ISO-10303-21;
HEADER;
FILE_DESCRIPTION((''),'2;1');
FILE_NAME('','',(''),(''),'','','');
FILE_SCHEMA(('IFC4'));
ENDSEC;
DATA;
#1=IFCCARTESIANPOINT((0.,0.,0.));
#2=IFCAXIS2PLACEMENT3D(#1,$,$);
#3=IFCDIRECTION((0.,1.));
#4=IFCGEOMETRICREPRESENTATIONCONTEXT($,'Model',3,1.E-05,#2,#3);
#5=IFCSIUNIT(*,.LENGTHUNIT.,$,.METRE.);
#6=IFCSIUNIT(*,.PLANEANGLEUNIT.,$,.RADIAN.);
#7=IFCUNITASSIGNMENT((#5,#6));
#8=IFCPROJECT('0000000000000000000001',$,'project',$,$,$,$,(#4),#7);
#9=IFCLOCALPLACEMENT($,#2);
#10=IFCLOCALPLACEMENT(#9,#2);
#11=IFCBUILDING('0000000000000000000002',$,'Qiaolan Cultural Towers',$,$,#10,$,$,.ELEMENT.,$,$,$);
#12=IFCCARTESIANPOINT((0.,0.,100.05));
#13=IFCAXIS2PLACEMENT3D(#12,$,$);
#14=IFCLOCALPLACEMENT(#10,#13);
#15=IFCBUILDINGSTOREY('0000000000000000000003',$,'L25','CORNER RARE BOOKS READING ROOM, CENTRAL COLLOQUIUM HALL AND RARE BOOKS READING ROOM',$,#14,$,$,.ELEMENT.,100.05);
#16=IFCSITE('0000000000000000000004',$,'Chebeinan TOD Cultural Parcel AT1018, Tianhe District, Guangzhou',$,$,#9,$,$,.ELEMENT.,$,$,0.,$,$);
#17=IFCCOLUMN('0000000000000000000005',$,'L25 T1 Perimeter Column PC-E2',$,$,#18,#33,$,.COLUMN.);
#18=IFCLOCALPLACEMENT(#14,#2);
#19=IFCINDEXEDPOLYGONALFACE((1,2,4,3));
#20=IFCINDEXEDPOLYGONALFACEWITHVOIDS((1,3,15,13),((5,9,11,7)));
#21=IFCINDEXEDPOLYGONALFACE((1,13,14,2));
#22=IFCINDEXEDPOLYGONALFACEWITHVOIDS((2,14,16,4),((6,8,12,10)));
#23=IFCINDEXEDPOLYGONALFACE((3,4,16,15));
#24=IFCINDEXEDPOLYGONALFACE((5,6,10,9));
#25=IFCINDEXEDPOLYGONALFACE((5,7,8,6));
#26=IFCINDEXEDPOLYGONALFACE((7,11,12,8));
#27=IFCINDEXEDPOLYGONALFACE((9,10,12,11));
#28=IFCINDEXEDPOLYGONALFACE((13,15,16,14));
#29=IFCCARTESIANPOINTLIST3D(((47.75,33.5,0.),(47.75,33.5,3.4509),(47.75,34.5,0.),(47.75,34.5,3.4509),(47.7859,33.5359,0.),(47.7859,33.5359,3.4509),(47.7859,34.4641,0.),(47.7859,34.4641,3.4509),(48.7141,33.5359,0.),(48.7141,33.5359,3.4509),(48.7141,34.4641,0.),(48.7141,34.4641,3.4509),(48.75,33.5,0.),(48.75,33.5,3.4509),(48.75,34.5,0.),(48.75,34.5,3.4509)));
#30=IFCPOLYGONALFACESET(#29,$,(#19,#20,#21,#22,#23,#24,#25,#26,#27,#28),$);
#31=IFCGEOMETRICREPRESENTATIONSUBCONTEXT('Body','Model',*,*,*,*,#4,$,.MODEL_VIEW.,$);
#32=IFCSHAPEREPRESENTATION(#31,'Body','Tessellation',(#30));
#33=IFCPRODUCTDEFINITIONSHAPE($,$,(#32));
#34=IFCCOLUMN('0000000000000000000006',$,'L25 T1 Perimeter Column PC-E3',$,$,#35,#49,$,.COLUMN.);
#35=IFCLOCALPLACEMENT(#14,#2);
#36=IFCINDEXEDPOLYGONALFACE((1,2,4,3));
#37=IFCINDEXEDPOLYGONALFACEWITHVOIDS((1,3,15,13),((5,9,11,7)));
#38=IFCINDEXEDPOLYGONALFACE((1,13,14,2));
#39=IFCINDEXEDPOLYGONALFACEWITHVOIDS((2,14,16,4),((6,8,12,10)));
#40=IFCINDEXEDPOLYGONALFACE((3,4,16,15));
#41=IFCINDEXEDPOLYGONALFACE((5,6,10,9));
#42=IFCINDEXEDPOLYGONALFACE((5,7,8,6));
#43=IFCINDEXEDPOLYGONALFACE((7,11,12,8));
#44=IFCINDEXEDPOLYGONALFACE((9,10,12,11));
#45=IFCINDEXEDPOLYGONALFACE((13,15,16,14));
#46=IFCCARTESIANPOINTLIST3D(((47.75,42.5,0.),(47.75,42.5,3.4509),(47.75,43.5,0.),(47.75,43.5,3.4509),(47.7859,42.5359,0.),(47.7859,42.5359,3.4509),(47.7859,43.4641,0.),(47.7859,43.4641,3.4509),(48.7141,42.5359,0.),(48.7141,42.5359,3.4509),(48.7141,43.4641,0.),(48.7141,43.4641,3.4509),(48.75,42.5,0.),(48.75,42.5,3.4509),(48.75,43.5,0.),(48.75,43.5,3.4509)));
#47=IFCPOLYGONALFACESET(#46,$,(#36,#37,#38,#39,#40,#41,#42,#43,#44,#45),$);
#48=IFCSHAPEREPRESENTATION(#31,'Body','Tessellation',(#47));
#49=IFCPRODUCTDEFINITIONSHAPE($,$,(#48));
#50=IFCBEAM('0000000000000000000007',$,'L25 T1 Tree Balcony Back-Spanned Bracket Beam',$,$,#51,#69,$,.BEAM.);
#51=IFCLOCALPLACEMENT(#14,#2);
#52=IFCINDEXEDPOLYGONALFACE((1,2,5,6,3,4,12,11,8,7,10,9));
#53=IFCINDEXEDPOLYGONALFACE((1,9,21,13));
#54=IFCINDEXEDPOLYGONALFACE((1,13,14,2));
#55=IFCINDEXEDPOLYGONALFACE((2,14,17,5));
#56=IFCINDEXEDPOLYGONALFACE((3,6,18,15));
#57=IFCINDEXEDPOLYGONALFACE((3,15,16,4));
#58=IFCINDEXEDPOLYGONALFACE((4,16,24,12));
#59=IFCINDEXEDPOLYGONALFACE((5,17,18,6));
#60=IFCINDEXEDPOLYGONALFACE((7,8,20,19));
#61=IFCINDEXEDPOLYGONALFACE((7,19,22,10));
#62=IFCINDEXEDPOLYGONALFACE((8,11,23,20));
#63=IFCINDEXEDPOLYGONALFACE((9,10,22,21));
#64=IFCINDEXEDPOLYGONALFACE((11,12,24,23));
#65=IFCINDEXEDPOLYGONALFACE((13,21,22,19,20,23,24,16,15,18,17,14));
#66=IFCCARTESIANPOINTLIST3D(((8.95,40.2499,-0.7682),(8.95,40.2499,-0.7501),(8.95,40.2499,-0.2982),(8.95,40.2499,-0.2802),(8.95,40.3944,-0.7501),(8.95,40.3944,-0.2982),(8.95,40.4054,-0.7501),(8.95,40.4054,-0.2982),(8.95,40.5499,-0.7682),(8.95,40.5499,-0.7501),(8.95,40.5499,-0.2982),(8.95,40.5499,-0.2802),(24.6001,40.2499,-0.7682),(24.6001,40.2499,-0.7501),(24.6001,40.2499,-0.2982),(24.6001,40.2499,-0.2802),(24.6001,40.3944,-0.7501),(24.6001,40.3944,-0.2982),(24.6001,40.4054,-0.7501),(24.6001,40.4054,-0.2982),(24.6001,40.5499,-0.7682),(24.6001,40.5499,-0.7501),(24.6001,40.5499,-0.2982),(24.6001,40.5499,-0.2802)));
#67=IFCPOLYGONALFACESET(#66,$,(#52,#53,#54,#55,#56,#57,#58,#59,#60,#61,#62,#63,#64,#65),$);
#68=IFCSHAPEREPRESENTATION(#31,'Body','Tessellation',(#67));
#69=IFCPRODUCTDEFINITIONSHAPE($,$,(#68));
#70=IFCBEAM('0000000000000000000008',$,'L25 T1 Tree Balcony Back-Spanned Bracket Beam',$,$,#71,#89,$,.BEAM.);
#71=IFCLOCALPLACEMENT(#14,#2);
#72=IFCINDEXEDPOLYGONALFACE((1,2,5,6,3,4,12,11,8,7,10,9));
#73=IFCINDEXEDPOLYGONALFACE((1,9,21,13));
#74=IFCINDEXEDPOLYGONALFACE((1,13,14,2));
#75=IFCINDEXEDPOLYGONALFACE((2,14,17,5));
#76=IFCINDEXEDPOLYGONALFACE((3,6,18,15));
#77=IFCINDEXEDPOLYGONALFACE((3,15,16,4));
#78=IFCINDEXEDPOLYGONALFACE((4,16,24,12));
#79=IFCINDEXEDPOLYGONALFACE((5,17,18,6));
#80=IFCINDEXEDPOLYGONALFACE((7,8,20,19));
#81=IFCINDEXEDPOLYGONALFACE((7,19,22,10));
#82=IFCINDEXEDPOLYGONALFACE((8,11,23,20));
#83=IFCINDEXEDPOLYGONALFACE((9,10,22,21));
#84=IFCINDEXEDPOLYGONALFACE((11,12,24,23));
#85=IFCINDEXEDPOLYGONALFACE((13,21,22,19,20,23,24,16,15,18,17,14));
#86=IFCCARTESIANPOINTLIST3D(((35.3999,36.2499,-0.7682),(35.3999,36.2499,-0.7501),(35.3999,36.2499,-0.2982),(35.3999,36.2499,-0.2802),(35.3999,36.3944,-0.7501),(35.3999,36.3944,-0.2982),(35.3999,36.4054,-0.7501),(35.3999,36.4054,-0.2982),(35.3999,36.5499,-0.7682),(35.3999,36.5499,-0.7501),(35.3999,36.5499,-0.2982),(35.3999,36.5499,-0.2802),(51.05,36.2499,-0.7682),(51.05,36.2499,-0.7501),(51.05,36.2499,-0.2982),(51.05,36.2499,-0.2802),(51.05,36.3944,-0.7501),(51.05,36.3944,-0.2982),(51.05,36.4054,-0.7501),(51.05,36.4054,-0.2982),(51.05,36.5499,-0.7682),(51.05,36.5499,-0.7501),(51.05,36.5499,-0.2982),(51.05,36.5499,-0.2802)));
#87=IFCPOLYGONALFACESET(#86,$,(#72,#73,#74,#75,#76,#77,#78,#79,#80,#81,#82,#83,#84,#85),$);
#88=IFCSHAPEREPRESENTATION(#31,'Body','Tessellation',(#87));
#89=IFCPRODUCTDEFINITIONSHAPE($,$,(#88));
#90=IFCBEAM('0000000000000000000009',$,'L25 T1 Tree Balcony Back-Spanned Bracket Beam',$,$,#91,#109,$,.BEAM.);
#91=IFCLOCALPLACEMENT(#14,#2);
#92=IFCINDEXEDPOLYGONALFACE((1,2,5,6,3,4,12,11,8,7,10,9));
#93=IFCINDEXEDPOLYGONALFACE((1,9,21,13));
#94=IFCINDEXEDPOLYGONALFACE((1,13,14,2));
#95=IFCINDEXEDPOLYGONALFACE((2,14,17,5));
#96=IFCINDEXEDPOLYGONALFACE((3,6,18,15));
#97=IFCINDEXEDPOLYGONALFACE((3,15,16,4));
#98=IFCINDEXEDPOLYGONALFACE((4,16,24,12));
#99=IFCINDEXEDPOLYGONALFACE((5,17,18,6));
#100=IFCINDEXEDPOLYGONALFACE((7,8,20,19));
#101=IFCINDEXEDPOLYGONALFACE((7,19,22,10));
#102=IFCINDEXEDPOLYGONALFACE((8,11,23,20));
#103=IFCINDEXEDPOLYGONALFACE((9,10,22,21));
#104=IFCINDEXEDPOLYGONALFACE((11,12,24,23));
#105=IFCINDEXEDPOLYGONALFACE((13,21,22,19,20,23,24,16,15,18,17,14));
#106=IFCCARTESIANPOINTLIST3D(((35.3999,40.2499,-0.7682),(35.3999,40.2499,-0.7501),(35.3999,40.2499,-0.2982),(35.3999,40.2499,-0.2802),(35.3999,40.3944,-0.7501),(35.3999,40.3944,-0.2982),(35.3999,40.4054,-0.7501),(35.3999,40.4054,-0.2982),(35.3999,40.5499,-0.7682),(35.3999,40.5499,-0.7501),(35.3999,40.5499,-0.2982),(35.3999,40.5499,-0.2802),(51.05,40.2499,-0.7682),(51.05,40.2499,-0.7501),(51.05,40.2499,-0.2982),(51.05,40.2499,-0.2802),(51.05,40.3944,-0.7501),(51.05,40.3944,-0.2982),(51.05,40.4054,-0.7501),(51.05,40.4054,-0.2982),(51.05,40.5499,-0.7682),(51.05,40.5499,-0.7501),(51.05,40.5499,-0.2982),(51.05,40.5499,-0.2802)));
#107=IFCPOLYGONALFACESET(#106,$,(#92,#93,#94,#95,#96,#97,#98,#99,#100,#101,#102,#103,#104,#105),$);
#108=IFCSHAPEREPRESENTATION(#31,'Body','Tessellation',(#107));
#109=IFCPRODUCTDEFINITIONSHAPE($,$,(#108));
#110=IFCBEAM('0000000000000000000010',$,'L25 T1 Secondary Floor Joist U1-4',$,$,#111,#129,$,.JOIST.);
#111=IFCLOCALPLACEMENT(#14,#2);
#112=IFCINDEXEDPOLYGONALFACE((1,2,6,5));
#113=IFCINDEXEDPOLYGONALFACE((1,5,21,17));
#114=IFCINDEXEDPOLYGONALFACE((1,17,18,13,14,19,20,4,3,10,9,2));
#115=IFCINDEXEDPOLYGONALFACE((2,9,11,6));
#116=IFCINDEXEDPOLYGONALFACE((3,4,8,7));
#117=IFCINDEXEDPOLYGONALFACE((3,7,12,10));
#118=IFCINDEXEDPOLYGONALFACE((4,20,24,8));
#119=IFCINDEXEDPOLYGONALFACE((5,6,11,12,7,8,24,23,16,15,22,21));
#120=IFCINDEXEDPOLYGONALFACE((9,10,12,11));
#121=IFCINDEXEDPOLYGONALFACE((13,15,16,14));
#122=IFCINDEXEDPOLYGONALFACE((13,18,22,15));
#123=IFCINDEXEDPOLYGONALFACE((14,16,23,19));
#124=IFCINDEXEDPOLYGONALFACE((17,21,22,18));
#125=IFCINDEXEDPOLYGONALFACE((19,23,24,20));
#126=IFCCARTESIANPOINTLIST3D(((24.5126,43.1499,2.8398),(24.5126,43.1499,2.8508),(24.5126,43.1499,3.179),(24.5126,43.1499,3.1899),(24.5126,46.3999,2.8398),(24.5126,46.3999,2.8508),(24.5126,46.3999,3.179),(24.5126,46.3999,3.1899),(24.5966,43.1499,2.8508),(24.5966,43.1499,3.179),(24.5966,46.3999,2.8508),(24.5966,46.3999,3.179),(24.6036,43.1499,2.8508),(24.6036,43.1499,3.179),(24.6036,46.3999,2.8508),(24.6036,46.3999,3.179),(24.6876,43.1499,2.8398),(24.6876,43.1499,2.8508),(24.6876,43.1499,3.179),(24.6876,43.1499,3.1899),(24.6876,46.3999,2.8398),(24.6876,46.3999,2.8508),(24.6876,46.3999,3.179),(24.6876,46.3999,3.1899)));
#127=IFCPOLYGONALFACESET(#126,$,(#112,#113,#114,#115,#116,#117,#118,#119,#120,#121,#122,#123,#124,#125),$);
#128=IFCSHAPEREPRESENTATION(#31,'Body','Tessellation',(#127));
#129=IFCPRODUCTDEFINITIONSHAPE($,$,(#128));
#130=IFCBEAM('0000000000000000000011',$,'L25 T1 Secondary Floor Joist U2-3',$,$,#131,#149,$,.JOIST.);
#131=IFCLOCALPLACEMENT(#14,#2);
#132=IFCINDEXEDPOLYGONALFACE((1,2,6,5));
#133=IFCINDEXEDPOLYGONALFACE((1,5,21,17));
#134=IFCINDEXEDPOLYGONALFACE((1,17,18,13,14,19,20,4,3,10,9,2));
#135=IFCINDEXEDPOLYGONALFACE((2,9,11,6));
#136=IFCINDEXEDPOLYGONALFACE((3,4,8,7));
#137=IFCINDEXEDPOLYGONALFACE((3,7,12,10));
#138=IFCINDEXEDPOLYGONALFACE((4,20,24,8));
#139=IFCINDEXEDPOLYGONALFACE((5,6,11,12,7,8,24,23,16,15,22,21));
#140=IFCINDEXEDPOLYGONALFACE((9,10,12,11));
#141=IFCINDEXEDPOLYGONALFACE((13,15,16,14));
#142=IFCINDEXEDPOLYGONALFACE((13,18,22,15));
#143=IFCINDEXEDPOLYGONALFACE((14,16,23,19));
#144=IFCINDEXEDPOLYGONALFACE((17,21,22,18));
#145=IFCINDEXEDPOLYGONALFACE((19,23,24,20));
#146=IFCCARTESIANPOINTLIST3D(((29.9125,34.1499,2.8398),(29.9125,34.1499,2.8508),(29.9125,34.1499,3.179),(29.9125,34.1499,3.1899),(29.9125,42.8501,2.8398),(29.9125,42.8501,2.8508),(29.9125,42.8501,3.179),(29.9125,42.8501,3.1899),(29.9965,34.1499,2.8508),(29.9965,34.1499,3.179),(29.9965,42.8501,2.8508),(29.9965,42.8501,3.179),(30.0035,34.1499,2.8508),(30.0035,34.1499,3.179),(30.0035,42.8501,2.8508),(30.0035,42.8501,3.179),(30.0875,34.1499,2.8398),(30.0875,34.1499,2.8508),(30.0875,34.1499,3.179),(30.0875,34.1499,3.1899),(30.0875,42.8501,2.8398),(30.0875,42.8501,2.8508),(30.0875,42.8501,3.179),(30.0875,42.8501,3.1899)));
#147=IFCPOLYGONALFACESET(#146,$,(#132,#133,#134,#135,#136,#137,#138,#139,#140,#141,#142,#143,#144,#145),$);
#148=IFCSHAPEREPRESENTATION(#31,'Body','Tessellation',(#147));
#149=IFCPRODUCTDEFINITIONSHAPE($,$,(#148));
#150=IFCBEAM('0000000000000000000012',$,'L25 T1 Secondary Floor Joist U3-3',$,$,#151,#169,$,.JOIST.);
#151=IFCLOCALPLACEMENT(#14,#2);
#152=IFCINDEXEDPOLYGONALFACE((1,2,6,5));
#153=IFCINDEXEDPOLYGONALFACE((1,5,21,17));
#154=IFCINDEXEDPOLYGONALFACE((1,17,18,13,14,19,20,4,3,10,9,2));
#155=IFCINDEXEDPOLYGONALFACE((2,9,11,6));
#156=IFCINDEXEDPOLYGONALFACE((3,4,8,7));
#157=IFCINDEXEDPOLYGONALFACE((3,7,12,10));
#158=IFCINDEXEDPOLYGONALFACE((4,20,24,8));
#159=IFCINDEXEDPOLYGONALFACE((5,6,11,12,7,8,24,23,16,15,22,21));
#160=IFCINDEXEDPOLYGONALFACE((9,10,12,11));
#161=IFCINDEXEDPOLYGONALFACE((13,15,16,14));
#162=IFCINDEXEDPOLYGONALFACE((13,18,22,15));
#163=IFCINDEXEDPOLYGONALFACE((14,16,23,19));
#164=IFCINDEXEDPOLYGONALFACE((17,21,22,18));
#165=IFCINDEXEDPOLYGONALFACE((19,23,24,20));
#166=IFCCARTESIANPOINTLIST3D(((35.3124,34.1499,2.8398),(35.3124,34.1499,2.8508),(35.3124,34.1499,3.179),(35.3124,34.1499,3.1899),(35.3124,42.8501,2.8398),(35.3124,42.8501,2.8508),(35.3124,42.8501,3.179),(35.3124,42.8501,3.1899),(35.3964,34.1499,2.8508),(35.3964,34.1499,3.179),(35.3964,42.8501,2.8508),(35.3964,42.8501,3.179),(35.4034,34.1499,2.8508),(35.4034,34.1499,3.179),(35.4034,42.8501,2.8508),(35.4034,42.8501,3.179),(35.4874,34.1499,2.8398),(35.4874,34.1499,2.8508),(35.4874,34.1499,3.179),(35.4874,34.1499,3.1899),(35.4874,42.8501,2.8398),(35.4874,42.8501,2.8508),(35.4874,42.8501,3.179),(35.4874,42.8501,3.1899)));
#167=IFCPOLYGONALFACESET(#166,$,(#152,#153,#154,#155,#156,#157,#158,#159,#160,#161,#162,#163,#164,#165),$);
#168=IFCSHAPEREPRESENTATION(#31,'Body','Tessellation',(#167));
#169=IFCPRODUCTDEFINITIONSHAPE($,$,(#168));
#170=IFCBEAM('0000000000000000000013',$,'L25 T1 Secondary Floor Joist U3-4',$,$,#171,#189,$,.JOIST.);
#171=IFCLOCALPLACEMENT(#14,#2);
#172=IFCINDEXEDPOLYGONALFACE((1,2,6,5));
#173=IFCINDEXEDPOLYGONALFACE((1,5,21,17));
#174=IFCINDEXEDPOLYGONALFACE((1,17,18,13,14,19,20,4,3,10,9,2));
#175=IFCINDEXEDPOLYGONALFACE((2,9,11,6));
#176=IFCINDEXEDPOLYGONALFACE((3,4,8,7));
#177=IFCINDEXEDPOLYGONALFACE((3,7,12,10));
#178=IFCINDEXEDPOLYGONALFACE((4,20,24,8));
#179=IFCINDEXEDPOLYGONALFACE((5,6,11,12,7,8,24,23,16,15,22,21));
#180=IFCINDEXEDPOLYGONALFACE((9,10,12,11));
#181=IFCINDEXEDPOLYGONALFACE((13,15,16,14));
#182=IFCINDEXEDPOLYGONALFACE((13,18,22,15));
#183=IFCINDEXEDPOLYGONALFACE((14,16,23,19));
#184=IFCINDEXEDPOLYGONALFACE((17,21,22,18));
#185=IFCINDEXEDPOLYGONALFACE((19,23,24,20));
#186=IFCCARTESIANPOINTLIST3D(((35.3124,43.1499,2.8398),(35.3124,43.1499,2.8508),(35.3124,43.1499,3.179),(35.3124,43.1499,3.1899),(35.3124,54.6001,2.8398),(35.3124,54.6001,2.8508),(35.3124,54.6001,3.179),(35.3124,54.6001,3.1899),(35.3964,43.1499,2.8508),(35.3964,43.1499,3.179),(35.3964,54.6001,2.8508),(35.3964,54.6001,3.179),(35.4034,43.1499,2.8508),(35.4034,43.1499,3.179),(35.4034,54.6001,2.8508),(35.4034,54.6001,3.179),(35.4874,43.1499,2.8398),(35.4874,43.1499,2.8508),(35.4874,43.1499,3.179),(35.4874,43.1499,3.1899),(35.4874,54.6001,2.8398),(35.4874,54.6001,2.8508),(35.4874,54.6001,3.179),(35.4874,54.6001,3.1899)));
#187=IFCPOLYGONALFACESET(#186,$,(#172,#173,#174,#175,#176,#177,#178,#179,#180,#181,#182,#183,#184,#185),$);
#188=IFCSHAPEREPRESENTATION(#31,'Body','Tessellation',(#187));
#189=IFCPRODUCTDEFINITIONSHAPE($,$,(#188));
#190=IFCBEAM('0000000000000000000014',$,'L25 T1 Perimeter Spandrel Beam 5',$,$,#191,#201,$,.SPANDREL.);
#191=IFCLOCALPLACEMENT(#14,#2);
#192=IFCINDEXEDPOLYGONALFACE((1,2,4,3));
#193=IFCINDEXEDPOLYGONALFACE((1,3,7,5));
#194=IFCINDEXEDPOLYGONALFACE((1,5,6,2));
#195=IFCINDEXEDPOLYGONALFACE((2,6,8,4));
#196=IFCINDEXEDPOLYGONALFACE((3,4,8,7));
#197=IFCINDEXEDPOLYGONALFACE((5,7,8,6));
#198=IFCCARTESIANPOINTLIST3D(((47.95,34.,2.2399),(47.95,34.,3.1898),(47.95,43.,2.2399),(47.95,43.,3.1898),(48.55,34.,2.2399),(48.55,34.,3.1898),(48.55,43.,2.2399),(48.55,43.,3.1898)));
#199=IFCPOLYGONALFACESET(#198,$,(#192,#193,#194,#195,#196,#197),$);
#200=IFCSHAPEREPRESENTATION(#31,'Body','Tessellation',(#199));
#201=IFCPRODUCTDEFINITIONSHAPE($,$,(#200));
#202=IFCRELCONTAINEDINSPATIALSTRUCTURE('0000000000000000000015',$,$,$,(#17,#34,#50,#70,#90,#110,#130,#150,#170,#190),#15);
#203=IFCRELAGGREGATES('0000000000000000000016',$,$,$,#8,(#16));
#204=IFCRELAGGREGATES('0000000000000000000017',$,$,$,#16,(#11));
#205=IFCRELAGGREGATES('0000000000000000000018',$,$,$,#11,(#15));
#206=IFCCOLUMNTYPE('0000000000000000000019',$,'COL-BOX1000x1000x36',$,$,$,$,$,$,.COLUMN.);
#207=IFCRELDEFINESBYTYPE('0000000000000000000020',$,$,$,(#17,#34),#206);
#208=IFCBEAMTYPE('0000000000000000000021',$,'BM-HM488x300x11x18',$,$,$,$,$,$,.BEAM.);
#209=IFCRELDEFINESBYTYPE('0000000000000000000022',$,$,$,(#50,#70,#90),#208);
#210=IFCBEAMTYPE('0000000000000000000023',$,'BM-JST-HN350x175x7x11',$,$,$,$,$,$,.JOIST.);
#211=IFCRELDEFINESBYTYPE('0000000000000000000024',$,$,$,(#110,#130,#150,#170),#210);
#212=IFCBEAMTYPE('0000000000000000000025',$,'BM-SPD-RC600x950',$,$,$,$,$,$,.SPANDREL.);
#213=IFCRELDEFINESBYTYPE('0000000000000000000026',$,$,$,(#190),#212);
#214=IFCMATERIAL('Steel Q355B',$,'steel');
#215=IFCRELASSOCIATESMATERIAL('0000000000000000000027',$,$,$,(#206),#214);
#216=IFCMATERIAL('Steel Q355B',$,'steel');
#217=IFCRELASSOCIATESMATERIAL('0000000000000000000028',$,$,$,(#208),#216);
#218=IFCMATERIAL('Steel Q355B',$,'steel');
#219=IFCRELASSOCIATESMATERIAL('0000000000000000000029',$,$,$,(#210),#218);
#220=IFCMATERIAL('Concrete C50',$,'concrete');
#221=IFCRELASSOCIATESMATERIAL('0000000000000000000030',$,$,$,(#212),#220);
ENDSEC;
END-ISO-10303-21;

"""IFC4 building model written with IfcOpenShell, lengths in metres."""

from ifc_helpers import new_model, si_unit, direction, frame, origin, origin_2d, place, context, subcontext, project, spatial, rectangle, hollow_rectangle, i_section, extrude, material, material_profile, profile_set, type_object, element, save


model = new_model("IFC4")

# Units and contexts
model_context = context("Model", 3, precision=1e-05, world=origin(), true_north=direction((0.0, 1.0)))
body_context = subcontext(model_context, "Body", "Model", "MODEL_VIEW")
ifc_project = project(units=[si_unit("LENGTHUNIT", "METRE"), si_unit("PLANEANGLEUNIT", "RADIAN")], contexts=[model_context])

# Site, building, storey
site_placement = place(None, origin())
site = spatial("IfcSite", under=ifc_project, at=site_placement, Name="Chebeinan TOD Cultural Parcel AT1018, Tianhe District, Guangzhou", CompositionType="ELEMENT", RefElevation=0.0)
building_placement = place(site_placement, origin())
building = spatial("IfcBuilding", under=site, at=building_placement, Name="Qiaolan Cultural Towers", CompositionType="ELEMENT")
storey_placement = place(building_placement, frame((0.0, 0.0, 100.05)))
storey = spatial("IfcBuildingStorey", under=building, at=storey_placement, Name="L25", Description="CORNER RARE BOOKS READING ROOM, CENTRAL COLLOQUIUM HALL AND RARE BOOKS READING ROOM", CompositionType="ELEMENT", Elevation=100.05)

# Columns
ifc_material_1 = material(Name="Steel Q355B", Category="steel")
ifc_material_profile_1 = material_profile(ifc_material_1, hollow_rectangle(XDim=1.0, YDim=1.0, WallThickness=0.0359, at=origin_2d()), Name="BOX1000x1000x36")
ifc_profile_set_1 = profile_set([ifc_material_profile_1], Name="Steel Q355B")
column_type = type_object("IfcColumnType", Name="COL-BOX1000x1000x36", PredefinedType="COLUMN", material=ifc_profile_set_1)
for number, where, z_axis, x_axis, name in (
    (1, (48.25, 34.0, 0.0), (0.0, 0.0, 1.0), (1.0, 0.0, 0.0), "L25 T1 Perimeter Column PC-E2"),
    (2, (48.25, 43.0, 0.0), (0.0, 0.0, 1.0), (1.0, 0.0, 0.0), "L25 T1 Perimeter Column PC-E3"),
):
    element("IfcColumn", number, at=place(storey_placement, frame(where, z_axis=z_axis, x_axis=x_axis)), inside=storey, type_object=column_type, Name=name, PredefinedType="COLUMN", context=body_context, shape_type="SweptSolid", body=[
        extrude(hollow_rectangle(XDim=1.0, YDim=1.0, WallThickness=0.0359, at=origin_2d()), origin(), (0.0, 0.0, 1.0), 3.4509),
    ])

# Beams
ifc_material_2 = material(Name="Steel Q355B", Category="steel")
ifc_material_profile_2 = material_profile(ifc_material_2, i_section(OverallWidth=0.3, OverallDepth=0.488, WebThickness=0.011, FlangeThickness=0.0181, at=origin_2d()), Name="HM488x300x11x18")
ifc_profile_set_2 = profile_set([ifc_material_profile_2], Name="Steel Q355B")
beam_type_1 = type_object("IfcBeamType", Name="BM-HM488x300x11x18", PredefinedType="BEAM", material=ifc_profile_set_2)
for number, where, z_axis, x_axis, name in (
    (3, (24.6001, 40.3999, -0.5242), (-1.0, 0.0, 0.0), (0.0, -1.0, 0.0), "L25 T1 Tree Balcony Back-Spanned Bracket Beam"),
    (4, (35.3999, 36.3999, -0.5242), (1.0, 0.0, 0.0), (0.0, 1.0, 0.0), "L25 T1 Tree Balcony Back-Spanned Bracket Beam"),
    (5, (35.3999, 40.3999, -0.5242), (1.0, 0.0, 0.0), (0.0, 1.0, 0.0), "L25 T1 Tree Balcony Back-Spanned Bracket Beam"),
):
    element("IfcBeam", number, at=place(storey_placement, frame(where, z_axis=z_axis, x_axis=x_axis)), inside=storey, type_object=beam_type_1, Name=name, PredefinedType="BEAM", context=body_context, shape_type="SweptSolid", body=[
        extrude(i_section(OverallWidth=0.3, OverallDepth=0.488, WebThickness=0.011, FlangeThickness=0.0181, at=origin_2d()), origin(), (0.0, 0.0, 1.0), 15.6501),
    ])
ifc_material_3 = material(Name="Steel Q355B", Category="steel")
ifc_material_profile_3 = material_profile(ifc_material_3, i_section(OverallWidth=0.175, OverallDepth=0.3501, WebThickness=0.0071, FlangeThickness=0.011, at=origin_2d()), Name="HN350x175x7x11")
ifc_profile_set_3 = profile_set([ifc_material_profile_3], Name="Steel Q355B")
beam_type_2 = type_object("IfcBeamType", Name="BM-JST-HN350x175x7x11", PredefinedType="JOIST", material=ifc_profile_set_3)
beam_1_placement = place(storey_placement, frame((24.6001, 43.1499, 3.0149), z_axis=(0.0, 1.0, 0.0), x_axis=(-1.0, 0.0, 0.0)))
element("IfcBeam", 6, at=beam_1_placement, inside=storey, type_object=beam_type_2, Name="L25 T1 Secondary Floor Joist U1-4", PredefinedType="JOIST", context=body_context, shape_type="SweptSolid", body=[
    extrude(i_section(OverallWidth=0.175, OverallDepth=0.3501, WebThickness=0.0071, FlangeThickness=0.011, at=origin_2d()), origin(), (0.0, 0.0, 1.0), 3.25),
])
for number, where, z_axis, x_axis, name in (
    (7, (30.0, 34.1499, 3.0149), (0.0, 1.0, 0.0), (-1.0, 0.0, 0.0), "L25 T1 Secondary Floor Joist U2-3"),
    (8, (35.3999, 34.1499, 3.0149), (0.0, 1.0, 0.0), (-1.0, 0.0, 0.0), "L25 T1 Secondary Floor Joist U3-3"),
):
    element("IfcBeam", number, at=place(storey_placement, frame(where, z_axis=z_axis, x_axis=x_axis)), inside=storey, type_object=beam_type_2, Name=name, PredefinedType="JOIST", context=body_context, shape_type="SweptSolid", body=[
        extrude(i_section(OverallWidth=0.175, OverallDepth=0.3501, WebThickness=0.0071, FlangeThickness=0.011, at=origin_2d()), origin(), (0.0, 0.0, 1.0), 8.7002),
    ])
beam_2_placement = place(storey_placement, frame((35.3999, 43.1499, 3.0149), z_axis=(0.0, 1.0, 0.0), x_axis=(-1.0, 0.0, 0.0)))
element("IfcBeam", 9, at=beam_2_placement, inside=storey, type_object=beam_type_2, Name="L25 T1 Secondary Floor Joist U3-4", PredefinedType="JOIST", context=body_context, shape_type="SweptSolid", body=[
    extrude(i_section(OverallWidth=0.175, OverallDepth=0.3501, WebThickness=0.0071, FlangeThickness=0.011, at=origin_2d()), origin(), (0.0, 0.0, 1.0), 11.4502),
])
ifc_material_4 = material(Name="Concrete C50", Category="concrete")
ifc_material_profile_4 = material_profile(ifc_material_4, rectangle(XDim=0.6001, YDim=0.95, at=origin_2d()), Name="RC600x950")
ifc_profile_set_4 = profile_set([ifc_material_profile_4], Name="Concrete C50")
beam_type_3 = type_object("IfcBeamType", Name="BM-SPD-RC600x950", PredefinedType="SPANDREL", material=ifc_profile_set_4)
beam_3_placement = place(storey_placement, frame((48.25, 34.0, 2.7148), z_axis=(0.0, 1.0, 0.0), x_axis=(-1.0, 0.0, 0.0)))
element("IfcBeam", 10, at=beam_3_placement, inside=storey, type_object=beam_type_3, Name="L25 T1 Perimeter Spandrel Beam 5", PredefinedType="SPANDREL", context=body_context, shape_type="SweptSolid", body=[
    extrude(rectangle(XDim=0.6001, YDim=0.95, at=origin_2d()), origin(), (0.0, 0.0, 1.0), 9.0),
])

save(model, "model.ifc")
